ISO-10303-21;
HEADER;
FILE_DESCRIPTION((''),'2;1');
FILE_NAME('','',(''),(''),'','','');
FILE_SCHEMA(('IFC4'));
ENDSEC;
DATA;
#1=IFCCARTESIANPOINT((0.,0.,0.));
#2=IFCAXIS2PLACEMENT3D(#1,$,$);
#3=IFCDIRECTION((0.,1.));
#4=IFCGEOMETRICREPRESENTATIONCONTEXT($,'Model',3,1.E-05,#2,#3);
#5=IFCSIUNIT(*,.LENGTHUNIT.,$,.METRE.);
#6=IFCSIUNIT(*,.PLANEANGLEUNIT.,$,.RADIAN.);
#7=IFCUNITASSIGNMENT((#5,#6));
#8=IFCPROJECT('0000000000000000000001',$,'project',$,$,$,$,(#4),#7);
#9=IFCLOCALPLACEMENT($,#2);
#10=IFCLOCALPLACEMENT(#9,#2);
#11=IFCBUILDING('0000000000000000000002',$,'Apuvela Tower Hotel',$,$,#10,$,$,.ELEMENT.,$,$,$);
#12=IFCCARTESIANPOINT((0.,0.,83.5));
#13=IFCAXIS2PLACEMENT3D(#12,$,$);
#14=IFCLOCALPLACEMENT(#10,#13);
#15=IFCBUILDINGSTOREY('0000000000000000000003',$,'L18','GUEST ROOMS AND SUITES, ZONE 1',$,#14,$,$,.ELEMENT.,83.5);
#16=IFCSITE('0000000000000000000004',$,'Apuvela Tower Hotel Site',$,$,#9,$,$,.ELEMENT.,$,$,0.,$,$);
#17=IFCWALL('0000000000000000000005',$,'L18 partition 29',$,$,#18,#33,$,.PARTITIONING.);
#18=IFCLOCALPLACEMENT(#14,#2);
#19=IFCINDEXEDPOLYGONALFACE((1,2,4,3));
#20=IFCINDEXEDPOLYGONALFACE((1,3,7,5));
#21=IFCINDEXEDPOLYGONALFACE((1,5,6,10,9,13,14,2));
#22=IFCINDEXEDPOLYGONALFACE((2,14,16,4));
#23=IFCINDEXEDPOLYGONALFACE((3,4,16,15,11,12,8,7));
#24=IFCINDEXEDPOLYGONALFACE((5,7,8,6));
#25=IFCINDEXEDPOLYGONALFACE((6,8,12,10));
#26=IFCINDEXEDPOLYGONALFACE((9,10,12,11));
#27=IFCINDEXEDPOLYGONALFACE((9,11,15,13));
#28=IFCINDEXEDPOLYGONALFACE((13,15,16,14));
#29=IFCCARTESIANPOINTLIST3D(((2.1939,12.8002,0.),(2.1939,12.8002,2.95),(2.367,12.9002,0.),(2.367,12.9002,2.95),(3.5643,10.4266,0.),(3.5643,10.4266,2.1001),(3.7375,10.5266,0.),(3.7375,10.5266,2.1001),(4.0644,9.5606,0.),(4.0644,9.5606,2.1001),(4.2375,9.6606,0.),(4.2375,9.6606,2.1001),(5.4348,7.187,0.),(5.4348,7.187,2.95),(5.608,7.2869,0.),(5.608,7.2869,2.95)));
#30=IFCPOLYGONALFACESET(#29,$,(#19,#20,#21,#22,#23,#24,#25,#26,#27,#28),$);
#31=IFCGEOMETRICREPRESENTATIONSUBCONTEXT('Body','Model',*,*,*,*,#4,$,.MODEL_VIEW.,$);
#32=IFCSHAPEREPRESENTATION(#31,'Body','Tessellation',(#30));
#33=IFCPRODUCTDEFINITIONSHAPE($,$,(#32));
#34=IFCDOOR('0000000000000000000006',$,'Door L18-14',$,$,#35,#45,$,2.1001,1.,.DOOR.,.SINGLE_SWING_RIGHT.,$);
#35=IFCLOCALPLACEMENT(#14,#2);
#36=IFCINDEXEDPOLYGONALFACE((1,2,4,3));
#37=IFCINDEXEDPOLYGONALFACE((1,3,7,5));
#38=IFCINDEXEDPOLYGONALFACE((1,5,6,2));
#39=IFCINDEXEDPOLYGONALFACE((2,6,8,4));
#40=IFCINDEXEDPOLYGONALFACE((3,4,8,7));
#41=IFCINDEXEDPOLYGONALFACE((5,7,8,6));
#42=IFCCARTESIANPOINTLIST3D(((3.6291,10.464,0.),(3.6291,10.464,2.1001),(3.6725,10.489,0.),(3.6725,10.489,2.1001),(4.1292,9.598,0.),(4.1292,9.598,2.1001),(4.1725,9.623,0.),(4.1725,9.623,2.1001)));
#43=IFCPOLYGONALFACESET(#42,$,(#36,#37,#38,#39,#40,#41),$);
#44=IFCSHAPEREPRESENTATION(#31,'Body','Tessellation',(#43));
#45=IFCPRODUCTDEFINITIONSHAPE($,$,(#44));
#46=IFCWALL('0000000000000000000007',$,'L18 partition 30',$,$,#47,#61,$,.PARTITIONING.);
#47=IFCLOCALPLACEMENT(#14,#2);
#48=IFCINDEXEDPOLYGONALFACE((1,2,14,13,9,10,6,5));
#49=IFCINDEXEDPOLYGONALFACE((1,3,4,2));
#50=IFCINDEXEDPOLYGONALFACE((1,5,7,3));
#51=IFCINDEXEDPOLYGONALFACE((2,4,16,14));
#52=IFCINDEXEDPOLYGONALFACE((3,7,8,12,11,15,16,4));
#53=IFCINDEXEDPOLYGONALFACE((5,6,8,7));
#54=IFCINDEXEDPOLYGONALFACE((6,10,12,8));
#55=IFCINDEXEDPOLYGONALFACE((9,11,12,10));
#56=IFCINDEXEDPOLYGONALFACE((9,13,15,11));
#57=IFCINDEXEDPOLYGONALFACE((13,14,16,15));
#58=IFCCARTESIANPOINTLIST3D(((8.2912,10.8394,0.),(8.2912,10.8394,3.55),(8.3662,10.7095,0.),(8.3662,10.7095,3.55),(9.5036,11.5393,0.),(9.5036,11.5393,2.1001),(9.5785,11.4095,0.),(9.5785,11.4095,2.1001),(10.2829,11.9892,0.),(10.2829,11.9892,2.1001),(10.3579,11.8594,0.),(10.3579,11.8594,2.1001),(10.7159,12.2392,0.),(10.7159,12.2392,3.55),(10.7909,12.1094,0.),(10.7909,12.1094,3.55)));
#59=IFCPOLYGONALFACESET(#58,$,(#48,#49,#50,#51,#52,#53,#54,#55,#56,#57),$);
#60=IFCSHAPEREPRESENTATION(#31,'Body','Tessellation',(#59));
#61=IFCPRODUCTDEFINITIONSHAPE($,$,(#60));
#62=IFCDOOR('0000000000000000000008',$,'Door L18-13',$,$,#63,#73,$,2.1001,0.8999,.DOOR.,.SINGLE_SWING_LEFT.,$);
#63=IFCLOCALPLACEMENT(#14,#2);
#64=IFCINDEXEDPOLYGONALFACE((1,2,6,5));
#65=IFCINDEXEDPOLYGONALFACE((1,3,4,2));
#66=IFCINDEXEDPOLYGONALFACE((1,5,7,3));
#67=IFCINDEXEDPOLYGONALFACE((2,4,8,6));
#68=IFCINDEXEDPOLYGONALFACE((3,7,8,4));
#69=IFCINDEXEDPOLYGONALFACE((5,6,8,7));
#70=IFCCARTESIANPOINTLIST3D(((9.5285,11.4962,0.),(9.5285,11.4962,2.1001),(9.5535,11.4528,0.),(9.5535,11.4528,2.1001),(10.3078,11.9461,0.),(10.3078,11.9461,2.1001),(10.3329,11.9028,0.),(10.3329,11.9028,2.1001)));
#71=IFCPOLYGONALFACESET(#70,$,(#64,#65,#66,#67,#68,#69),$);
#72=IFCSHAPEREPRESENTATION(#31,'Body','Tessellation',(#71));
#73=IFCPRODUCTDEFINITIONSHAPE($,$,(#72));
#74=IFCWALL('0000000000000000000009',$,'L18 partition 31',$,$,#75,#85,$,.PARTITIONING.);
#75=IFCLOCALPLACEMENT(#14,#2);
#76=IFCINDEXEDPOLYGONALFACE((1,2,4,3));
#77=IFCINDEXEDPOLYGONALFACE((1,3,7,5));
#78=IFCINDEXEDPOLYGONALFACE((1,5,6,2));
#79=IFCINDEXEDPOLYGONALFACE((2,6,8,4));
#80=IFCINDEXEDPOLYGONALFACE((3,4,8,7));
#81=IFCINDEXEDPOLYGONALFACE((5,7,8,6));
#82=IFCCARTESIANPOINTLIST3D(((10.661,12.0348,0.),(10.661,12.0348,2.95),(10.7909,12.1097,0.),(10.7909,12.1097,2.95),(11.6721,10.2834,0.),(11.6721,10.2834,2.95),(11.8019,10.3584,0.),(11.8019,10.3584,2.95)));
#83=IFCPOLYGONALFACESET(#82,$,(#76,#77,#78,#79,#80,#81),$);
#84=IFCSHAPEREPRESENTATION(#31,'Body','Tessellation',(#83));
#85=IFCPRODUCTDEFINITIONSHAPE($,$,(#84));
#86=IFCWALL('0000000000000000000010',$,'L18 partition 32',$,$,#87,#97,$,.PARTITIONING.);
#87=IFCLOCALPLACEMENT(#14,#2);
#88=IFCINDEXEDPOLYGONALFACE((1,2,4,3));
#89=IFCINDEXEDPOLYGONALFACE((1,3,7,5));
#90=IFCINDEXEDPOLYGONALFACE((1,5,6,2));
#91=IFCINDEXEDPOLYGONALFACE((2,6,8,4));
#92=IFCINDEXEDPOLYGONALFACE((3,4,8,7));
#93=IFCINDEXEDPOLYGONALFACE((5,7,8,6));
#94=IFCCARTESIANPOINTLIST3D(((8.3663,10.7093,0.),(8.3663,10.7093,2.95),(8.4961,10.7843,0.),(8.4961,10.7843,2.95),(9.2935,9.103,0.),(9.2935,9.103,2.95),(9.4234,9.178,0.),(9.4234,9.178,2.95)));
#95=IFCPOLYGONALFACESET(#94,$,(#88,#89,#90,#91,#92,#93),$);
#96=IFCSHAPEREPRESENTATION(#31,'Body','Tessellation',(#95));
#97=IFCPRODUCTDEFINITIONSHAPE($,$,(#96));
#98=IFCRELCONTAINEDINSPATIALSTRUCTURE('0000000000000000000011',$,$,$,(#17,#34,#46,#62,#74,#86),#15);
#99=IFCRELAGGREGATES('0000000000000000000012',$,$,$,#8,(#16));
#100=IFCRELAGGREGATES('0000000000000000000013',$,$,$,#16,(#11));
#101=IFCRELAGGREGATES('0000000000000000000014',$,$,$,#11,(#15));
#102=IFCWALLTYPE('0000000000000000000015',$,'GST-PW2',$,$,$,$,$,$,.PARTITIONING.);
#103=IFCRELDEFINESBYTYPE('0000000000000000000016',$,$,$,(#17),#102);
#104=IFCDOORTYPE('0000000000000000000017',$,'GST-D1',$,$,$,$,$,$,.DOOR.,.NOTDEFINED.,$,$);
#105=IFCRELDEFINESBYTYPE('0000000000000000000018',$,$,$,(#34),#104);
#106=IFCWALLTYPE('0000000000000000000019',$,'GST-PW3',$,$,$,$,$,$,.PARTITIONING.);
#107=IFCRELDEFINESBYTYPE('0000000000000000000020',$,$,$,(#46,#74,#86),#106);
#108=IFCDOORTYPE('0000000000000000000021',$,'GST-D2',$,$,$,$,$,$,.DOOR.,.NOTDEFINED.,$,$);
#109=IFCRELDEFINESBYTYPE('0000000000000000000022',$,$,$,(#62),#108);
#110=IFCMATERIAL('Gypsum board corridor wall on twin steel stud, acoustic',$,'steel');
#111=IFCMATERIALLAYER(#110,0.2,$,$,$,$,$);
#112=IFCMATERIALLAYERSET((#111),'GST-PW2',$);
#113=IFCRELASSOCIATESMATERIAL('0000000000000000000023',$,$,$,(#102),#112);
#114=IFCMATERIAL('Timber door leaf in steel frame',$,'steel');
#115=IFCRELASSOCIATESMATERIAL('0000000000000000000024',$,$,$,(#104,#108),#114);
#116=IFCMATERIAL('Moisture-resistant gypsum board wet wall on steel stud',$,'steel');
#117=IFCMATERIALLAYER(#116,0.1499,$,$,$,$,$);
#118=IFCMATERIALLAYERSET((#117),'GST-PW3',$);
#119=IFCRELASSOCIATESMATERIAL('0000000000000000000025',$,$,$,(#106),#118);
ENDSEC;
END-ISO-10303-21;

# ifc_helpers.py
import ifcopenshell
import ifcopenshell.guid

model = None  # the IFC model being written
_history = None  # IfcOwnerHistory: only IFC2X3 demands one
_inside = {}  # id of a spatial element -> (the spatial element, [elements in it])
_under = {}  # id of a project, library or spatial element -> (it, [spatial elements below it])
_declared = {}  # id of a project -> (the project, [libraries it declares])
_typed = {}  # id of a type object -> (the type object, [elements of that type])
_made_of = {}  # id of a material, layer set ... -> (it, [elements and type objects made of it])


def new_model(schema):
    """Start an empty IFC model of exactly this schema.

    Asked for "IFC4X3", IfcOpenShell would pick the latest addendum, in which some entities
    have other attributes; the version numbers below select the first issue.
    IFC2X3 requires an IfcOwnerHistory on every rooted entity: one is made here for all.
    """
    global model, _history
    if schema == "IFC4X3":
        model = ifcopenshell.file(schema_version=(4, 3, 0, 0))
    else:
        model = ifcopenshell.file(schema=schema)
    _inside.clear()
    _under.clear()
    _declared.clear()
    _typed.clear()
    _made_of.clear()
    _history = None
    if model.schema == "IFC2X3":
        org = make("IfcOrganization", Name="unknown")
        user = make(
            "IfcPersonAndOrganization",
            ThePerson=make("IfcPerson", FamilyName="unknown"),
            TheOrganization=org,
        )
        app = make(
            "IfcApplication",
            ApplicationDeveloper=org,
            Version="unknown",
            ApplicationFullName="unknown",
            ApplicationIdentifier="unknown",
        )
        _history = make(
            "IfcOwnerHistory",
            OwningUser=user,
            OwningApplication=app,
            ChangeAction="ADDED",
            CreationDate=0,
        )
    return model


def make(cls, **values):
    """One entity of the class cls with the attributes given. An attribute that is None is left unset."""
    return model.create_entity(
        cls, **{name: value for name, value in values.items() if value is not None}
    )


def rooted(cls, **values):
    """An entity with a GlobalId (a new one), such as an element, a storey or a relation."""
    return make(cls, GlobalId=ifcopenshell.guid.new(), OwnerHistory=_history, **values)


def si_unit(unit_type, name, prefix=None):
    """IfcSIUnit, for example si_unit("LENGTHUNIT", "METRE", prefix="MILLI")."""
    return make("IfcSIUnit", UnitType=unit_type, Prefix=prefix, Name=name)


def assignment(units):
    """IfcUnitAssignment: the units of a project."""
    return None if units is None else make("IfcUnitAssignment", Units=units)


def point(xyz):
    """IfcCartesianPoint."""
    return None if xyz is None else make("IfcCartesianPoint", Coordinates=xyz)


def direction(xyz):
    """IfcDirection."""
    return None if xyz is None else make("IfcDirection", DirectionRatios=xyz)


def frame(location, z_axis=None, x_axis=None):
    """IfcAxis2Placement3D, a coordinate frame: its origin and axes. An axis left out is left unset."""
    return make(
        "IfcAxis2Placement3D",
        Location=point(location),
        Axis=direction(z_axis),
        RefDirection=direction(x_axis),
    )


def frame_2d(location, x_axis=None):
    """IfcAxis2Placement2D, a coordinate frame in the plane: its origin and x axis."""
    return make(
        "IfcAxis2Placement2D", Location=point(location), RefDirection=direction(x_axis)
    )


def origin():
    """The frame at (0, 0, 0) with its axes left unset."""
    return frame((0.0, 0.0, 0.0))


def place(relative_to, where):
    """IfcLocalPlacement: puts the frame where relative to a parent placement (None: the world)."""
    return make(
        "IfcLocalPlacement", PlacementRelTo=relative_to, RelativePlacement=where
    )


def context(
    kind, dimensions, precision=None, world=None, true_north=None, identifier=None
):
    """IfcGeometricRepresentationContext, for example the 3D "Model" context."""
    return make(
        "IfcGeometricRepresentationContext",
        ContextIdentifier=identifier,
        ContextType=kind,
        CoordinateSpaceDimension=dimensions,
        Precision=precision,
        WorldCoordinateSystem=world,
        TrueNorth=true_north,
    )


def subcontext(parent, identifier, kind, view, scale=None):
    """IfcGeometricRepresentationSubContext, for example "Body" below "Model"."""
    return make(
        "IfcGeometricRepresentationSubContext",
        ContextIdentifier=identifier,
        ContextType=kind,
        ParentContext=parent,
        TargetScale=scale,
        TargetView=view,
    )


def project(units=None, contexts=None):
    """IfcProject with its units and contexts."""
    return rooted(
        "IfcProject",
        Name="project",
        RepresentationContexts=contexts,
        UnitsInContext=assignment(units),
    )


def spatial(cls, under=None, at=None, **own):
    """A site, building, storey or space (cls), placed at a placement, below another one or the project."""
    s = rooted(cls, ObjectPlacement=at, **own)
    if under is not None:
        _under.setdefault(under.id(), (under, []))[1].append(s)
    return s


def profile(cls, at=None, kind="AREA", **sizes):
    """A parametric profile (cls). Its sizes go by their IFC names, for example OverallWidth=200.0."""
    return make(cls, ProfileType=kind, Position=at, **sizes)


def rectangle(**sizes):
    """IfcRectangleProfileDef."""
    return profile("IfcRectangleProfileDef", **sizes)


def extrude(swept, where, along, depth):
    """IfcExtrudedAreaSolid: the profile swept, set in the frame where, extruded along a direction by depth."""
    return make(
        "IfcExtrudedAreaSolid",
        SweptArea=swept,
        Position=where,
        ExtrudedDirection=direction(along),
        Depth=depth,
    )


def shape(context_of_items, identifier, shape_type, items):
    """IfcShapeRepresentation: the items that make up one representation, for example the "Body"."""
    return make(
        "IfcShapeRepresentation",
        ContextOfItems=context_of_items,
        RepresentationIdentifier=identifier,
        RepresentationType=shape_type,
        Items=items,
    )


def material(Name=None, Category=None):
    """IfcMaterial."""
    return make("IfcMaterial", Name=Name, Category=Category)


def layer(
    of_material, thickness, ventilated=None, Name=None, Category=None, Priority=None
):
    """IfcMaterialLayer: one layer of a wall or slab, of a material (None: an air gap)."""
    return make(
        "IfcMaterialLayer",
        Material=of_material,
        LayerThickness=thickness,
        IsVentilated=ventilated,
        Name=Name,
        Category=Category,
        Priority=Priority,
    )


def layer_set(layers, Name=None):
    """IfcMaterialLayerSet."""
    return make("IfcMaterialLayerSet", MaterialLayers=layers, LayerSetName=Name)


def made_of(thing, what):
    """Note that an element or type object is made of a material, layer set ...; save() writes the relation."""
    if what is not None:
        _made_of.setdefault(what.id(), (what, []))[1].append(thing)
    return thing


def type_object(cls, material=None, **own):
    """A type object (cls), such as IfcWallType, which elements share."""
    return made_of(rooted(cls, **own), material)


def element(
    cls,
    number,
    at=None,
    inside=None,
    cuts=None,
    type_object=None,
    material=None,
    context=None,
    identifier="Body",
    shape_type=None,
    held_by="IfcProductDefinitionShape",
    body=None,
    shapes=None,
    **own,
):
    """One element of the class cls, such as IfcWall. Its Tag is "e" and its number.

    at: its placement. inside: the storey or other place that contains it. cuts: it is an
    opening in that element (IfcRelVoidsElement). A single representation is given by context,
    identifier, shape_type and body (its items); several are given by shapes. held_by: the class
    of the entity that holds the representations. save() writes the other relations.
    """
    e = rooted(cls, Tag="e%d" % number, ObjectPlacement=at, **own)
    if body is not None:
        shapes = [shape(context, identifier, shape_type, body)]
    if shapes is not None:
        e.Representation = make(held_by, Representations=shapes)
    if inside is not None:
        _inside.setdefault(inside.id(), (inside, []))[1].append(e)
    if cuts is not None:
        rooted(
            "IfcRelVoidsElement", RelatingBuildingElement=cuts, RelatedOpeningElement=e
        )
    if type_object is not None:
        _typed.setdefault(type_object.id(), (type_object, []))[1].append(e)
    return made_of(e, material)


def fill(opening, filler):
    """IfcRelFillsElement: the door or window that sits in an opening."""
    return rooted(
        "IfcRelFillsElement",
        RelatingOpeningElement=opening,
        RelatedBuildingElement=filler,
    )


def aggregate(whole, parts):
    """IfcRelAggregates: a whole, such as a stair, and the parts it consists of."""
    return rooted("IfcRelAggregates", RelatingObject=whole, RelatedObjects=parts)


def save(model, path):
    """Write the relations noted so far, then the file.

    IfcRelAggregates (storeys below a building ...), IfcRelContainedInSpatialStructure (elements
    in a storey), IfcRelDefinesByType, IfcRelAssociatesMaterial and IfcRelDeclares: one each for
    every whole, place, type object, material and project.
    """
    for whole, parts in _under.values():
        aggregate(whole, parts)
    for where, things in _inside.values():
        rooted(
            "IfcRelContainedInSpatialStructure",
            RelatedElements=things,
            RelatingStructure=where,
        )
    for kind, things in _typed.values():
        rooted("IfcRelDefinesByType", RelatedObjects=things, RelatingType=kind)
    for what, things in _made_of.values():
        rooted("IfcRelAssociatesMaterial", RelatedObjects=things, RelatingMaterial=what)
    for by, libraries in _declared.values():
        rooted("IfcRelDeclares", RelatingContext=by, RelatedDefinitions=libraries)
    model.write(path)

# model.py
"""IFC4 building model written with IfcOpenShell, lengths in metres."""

from ifc_helpers import new_model, si_unit, direction, frame, frame_2d, origin, place, context, subcontext, project, spatial, rectangle, extrude, material, layer, layer_set, type_object, element, fill, save


model = new_model("IFC4")

# Units and contexts
model_context = context("Model", 3, precision=1e-05, world=origin(), true_north=direction((0.0, 1.0)))
body_context = subcontext(model_context, "Body", "Model", "MODEL_VIEW")
ifc_project = project(units=[si_unit("LENGTHUNIT", "METRE"), si_unit("PLANEANGLEUNIT", "RADIAN")], contexts=[model_context])

# Site, building, storey
site_placement = place(None, origin())
site = spatial("IfcSite", under=ifc_project, at=site_placement, Name="Apuvela Tower Hotel Site", CompositionType="ELEMENT", RefElevation=0.0)
building_placement = place(site_placement, origin())
building = spatial("IfcBuilding", under=site, at=building_placement, Name="Apuvela Tower Hotel", CompositionType="ELEMENT")
storey_placement = place(building_placement, frame((0.0, 0.0, 83.5)))
storey = spatial("IfcBuildingStorey", under=building, at=storey_placement, Name="L18", Description="GUEST ROOMS AND SUITES, ZONE 1", CompositionType="ELEMENT", Elevation=83.5)

# Walls, openings, doors
ifc_material_1 = material(Name="Gypsum board corridor wall on twin steel stud, acoustic", Category="steel")
ifc_layer_1 = layer(ifc_material_1, 0.2)
ifc_layer_set_1 = layer_set([ifc_layer_1], Name="GST-PW2")
wall_type_1 = type_object("IfcWallType", Name="GST-PW2", PredefinedType="PARTITIONING", material=ifc_layer_set_1)
wall_1_placement = place(storey_placement, frame((2.2805, 12.8501, 0.0), z_axis=(0.0, 0.0, 1.0), x_axis=(0.500016, -0.866016, 0.0)))
wall_1 = element("IfcWall", 1, at=wall_1_placement, inside=storey, type_object=wall_type_1, Name="L18 partition 29", PredefinedType="PARTITIONING", context=body_context, shape_type="SweptSolid", body=[
    extrude(rectangle(XDim=6.4817, YDim=0.2, at=frame_2d((3.2407, 0.0))), origin(), (0.0, 0.0, 1.0), 2.95),
])
opening_1_placement = place(wall_1_placement, frame((2.7407, 0.0, 0.0)))
opening_1 = element("IfcOpeningElement", 2, at=opening_1_placement, cuts=wall_1, PredefinedType="OPENING", context=body_context, shape_type="SweptSolid", body=[
    extrude(rectangle(XDim=1.0, YDim=2.1001, at=frame_2d((0.5, 1.05))), frame((0.0, 0.1099, 0.0), z_axis=(0.0, -1.0, 0.0), x_axis=(1.0, 0.0, 0.0)), (0.0, 0.0, 1.0), 0.22),
])
ifc_material_2 = material(Name="Timber door leaf in steel frame", Category="steel")
door_type_1 = type_object("IfcDoorType", Name="GST-D1", OperationType="NOTDEFINED", PredefinedType="DOOR", material=ifc_material_2)
door_1_placement = place(opening_1_placement, origin())
door_1 = element("IfcDoor", 3, at=door_1_placement, inside=storey, type_object=door_type_1, Name="Door L18-14", OperationType="SINGLE_SWING_RIGHT", OverallHeight=2.1001, OverallWidth=1.0, PredefinedType="DOOR", context=body_context, shape_type="SweptSolid", body=[
    extrude(rectangle(XDim=1.0, YDim=2.1001, at=frame_2d((0.5, 1.05))), frame((0.0, 0.0249, 0.0), z_axis=(0.0, -1.0, 0.0), x_axis=(1.0, 0.0, 0.0)), (0.0, 0.0, 1.0), 0.05),
])
fill(opening_1, door_1)
ifc_material_3 = material(Name="Moisture-resistant gypsum board wet wall on steel stud", Category="steel")
ifc_layer_2 = layer(ifc_material_3, 0.1499)
ifc_layer_set_2 = layer_set([ifc_layer_2], Name="GST-PW3")
wall_type_2 = type_object("IfcWallType", Name="GST-PW3", PredefinedType="PARTITIONING", material=ifc_layer_set_2)
wall_2_placement = place(storey_placement, frame((10.7534, 12.1743, 0.0), z_axis=(0.0, 0.0, 1.0), x_axis=(-0.866035, -0.499984, 0.0)))
wall_2 = element("IfcWall", 4, at=wall_2_placement, inside=storey, type_object=wall_type_2, Name="L18 partition 30", PredefinedType="PARTITIONING", context=body_context, shape_type="SweptSolid", body=[
    extrude(rectangle(XDim=2.7998, YDim=0.1499, at=frame_2d((1.3999, 0.0))), origin(), (0.0, 0.0, 1.0), 3.55),
])
opening_2_placement = place(wall_2_placement, frame((0.5, 0.0, 0.0)))
opening_2 = element("IfcOpeningElement", 5, at=opening_2_placement, cuts=wall_2, PredefinedType="OPENING", context=body_context, shape_type="SweptSolid", body=[
    extrude(rectangle(XDim=0.8999, YDim=2.1001, at=frame_2d((0.45, 1.05))), frame((0.0, 0.085, 0.0), z_axis=(0.0, -1.0, 0.0), x_axis=(1.0, 0.0, 0.0)), (0.0, 0.0, 1.0), 0.1699),
])
door_type_2 = type_object("IfcDoorType", Name="GST-D2", OperationType="NOTDEFINED", PredefinedType="DOOR", material=ifc_material_2)
door_2_placement = place(opening_2_placement, origin())
door_2 = element("IfcDoor", 6, at=door_2_placement, inside=storey, type_object=door_type_2, Name="Door L18-13", OperationType="SINGLE_SWING_LEFT", OverallHeight=2.1001, OverallWidth=0.8999, PredefinedType="DOOR", context=body_context, shape_type="SweptSolid", body=[
    extrude(rectangle(XDim=0.8999, YDim=2.1001, at=frame_2d((0.45, 1.05))), frame((0.0, 0.0249, 0.0), z_axis=(0.0, -1.0, 0.0), x_axis=(1.0, 0.0, 0.0)), (0.0, 0.0, 1.0), 0.05),
])
fill(opening_2, door_2)

# Walls
wall_3_placement = place(storey_placement, frame((11.7371, 10.3208, 0.0), z_axis=(0.0, 0.0, 1.0), x_axis=(-0.49997, 0.866043, 0.0)))
element("IfcWall", 7, at=wall_3_placement, inside=storey, type_object=wall_type_2, Name="L18 partition 31", PredefinedType="PARTITIONING", context=body_context, shape_type="SweptSolid", body=[
    extrude(rectangle(XDim=2.0222, YDim=0.1499, at=frame_2d((1.0112, 0.0))), origin(), (0.0, 0.0, 1.0), 2.95),
])
wall_4_placement = place(storey_placement, frame((9.3584, 9.1406, 0.0), z_axis=(0.0, 0.0, 1.0), x_axis=(-0.499962, 0.866047, 0.0)))
element("IfcWall", 8, at=wall_4_placement, inside=storey, type_object=wall_type_2, Name="L18 partition 32", PredefinedType="PARTITIONING", context=body_context, shape_type="SweptSolid", body=[
    extrude(rectangle(XDim=1.8547, YDim=0.1499, at=frame_2d((0.9272, 0.0))), origin(), (0.0, 0.0, 1.0), 2.95),
])

save(model, "model.ifc")
